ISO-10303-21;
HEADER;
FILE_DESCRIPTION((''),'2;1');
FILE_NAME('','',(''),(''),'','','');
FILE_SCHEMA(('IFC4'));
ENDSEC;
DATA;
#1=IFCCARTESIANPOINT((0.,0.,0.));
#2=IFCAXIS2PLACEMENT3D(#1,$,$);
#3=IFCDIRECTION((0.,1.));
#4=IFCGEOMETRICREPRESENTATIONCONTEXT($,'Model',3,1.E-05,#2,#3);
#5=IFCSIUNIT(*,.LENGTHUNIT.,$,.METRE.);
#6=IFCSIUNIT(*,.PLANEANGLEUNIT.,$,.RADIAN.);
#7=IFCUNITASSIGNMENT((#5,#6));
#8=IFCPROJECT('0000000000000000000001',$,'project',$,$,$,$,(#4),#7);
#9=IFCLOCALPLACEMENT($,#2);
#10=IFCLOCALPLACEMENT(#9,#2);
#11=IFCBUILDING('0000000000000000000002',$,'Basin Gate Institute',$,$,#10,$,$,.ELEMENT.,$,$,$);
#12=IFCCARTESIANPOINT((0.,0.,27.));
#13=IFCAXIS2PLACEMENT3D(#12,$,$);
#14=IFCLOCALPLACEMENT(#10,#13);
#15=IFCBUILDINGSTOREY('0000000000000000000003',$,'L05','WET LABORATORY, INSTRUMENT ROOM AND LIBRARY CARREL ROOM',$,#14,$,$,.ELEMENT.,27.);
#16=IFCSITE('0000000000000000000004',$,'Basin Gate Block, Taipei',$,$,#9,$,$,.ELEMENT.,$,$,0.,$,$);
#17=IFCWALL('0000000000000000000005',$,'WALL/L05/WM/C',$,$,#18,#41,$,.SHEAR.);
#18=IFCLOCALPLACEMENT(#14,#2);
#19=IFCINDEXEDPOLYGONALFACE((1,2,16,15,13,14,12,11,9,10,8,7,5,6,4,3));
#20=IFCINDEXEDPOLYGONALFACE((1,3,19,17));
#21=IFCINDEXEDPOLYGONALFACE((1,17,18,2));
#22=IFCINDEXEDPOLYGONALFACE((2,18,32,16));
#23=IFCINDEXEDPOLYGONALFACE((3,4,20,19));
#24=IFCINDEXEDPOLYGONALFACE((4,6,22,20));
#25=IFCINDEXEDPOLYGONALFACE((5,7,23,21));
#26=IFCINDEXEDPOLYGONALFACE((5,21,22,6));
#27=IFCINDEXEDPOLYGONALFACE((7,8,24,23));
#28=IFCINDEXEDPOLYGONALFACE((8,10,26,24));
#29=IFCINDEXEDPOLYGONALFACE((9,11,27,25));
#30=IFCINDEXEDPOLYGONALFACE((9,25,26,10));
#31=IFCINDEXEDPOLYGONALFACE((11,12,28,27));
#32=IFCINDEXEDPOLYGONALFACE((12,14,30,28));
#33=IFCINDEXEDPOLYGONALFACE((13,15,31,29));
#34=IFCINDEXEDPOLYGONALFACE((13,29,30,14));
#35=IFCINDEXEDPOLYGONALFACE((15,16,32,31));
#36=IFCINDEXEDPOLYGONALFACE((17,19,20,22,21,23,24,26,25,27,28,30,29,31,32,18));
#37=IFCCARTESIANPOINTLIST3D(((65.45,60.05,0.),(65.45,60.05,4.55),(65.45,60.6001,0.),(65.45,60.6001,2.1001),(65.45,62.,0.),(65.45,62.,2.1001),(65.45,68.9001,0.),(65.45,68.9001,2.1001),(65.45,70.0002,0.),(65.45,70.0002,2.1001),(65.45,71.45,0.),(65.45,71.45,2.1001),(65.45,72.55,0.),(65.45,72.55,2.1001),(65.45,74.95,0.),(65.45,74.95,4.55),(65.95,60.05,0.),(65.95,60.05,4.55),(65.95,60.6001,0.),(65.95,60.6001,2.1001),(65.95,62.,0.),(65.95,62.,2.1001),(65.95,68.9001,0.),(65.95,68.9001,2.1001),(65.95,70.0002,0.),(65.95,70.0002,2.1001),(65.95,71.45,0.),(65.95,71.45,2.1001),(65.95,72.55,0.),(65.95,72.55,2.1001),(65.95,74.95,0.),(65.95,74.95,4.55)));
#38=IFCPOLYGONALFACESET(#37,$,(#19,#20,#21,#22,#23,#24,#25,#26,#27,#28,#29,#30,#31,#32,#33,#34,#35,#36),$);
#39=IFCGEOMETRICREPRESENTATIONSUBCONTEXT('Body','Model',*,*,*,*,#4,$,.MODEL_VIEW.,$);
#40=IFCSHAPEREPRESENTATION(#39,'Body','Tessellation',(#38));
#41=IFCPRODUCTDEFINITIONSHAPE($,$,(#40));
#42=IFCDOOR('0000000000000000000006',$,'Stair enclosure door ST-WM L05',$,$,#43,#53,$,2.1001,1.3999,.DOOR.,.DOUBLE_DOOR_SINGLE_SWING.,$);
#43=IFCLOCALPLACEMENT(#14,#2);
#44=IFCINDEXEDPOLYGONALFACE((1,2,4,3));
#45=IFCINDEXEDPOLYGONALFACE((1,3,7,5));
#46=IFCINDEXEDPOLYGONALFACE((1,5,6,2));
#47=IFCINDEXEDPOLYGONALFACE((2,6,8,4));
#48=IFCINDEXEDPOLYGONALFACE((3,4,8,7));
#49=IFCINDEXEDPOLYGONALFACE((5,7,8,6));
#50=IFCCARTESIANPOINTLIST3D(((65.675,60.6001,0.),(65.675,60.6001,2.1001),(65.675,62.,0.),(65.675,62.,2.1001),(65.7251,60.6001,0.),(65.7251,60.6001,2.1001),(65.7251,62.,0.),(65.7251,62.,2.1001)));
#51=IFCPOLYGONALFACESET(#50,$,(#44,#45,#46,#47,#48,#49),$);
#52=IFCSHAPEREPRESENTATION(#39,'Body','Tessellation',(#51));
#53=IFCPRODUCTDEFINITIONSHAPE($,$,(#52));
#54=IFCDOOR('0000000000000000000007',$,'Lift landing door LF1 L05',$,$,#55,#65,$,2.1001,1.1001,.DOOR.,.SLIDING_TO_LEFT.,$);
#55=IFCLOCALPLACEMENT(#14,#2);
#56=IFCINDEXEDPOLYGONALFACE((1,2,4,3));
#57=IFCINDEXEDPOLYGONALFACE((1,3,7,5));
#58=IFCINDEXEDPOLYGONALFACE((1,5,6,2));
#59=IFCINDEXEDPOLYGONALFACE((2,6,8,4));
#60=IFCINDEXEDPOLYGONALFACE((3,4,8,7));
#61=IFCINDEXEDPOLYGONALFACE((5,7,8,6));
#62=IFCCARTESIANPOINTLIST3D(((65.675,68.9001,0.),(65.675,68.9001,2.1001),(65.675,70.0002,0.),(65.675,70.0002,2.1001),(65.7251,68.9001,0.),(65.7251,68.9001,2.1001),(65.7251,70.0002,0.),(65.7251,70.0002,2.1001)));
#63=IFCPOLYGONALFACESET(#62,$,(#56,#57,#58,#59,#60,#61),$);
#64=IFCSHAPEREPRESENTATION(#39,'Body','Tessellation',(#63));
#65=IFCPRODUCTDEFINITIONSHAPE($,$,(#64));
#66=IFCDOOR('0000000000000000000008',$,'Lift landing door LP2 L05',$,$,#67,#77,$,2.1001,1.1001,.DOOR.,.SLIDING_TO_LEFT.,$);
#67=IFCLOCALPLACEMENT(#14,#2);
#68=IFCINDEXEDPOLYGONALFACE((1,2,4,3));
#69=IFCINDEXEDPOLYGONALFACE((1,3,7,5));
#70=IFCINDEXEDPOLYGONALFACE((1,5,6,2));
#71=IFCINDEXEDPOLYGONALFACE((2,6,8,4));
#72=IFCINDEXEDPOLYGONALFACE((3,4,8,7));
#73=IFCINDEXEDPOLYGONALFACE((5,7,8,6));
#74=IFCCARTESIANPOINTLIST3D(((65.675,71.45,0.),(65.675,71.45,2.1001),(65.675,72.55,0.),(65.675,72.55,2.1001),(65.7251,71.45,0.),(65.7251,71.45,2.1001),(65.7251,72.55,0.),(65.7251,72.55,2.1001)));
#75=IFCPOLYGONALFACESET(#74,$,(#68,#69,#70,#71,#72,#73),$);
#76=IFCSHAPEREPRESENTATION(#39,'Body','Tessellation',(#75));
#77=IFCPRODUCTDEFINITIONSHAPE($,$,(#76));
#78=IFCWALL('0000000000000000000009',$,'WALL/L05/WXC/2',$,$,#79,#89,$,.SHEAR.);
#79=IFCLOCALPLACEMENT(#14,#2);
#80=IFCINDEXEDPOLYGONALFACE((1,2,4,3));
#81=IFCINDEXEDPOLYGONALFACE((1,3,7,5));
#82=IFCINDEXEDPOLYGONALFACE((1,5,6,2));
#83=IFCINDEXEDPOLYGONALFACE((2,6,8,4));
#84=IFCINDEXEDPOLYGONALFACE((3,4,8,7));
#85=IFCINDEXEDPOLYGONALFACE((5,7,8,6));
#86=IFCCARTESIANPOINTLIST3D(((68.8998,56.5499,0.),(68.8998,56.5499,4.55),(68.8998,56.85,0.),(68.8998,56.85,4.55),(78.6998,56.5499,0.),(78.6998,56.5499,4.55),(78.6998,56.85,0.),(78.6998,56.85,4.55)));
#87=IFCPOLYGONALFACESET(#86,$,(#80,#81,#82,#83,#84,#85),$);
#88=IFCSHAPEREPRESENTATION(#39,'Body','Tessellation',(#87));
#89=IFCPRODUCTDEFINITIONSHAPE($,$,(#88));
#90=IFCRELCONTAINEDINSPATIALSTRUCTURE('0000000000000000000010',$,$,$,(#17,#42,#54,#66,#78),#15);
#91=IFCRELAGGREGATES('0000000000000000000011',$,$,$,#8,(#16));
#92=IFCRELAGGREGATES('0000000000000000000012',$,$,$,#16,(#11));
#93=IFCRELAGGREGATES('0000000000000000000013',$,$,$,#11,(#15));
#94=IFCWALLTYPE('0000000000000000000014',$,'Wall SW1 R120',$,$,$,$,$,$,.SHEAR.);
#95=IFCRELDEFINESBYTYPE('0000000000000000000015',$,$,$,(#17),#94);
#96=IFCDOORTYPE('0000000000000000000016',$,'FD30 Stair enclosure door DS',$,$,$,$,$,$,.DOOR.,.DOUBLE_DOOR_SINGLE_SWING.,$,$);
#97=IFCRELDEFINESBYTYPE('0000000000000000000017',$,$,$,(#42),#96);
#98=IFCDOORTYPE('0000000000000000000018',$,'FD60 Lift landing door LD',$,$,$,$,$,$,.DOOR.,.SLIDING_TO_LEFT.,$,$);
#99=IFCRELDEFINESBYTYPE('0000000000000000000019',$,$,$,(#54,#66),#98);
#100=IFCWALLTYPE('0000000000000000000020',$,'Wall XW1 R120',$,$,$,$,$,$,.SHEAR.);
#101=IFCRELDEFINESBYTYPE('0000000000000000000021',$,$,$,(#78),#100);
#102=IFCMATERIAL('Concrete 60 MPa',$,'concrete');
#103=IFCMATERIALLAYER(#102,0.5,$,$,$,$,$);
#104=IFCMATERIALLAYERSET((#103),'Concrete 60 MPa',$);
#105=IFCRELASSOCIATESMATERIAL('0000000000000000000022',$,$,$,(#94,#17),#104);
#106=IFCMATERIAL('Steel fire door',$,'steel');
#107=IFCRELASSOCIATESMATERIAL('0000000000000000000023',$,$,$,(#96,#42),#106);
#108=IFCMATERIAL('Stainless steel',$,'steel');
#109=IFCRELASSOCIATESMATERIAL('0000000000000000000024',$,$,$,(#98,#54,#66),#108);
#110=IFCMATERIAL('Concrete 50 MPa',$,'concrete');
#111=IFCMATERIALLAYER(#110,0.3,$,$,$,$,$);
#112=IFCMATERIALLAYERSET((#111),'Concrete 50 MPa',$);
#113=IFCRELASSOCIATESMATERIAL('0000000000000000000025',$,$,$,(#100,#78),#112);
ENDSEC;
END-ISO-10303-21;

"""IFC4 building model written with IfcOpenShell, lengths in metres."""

from ifc_helpers import new_model, si_unit, direction, frame, frame_2d, origin, place, context, subcontext, project, spatial, rectangle, extrude, material, layer, layer_set, type_object, element, fill, save


model = new_model("IFC4")

# Units and contexts
model_context = context("Model", 3, precision=1e-05, world=origin(), true_north=direction((0.0, 1.0)))
body_context = subcontext(model_context, "Body", "Model", "MODEL_VIEW")
ifc_project = project(units=[si_unit("LENGTHUNIT", "METRE"), si_unit("PLANEANGLEUNIT", "RADIAN")], contexts=[model_context])

# Site, building, storey
site_placement = place(None, origin())
site = spatial("IfcSite", under=ifc_project, at=site_placement, Name="Basin Gate Block, Taipei", CompositionType="ELEMENT", RefElevation=0.0)
building_placement = place(site_placement, origin())
building = spatial("IfcBuilding", under=site, at=building_placement, Name="Basin Gate Institute", CompositionType="ELEMENT")
storey_placement = place(building_placement, frame((0.0, 0.0, 27.0)))
storey = spatial("IfcBuildingStorey", under=building, at=storey_placement, Name="L05", Description="WET LABORATORY, INSTRUMENT ROOM AND LIBRARY CARREL ROOM", CompositionType="ELEMENT", Elevation=27.0)

# Wall, openings, doors
ifc_material_1 = material(Name="Concrete 60 MPa", Category="concrete")
ifc_layer_1 = layer(ifc_material_1, 0.5)
ifc_layer_set_1 = layer_set([ifc_layer_1], Name="Concrete 60 MPa")
wall_type_1 = type_object("IfcWallType", Name="Wall SW1 R120", PredefinedType="SHEAR", material=ifc_layer_set_1)
wall_1_placement = place(storey_placement, frame((65.7, 60.05, 0.0), z_axis=(0.0, 0.0, 1.0), x_axis=(0.0, 1.0, 0.0)))
wall_1 = element("IfcWall", 1, at=wall_1_placement, inside=storey, type_object=wall_type_1, material=ifc_layer_set_1, Name="WALL/L05/WM/C", PredefinedType="SHEAR", context=body_context, shape_type="SweptSolid", body=[
    extrude(rectangle(XDim=14.8999, YDim=0.5, at=frame_2d((7.45, 0.0))), origin(), (0.0, 0.0, 1.0), 4.55),
])
opening_1_placement = place(wall_1_placement, frame((0.55, 0.0, 0.0)))
opening_1 = element("IfcOpeningElement", 2, at=opening_1_placement, cuts=wall_1, PredefinedType="OPENING", context=body_context, shape_type="SweptSolid", body=[
    extrude(rectangle(XDim=1.3999, YDim=2.1001, at=frame_2d((0.7, 1.05))), frame((0.0, 0.26, 0.0), z_axis=(0.0, -1.0, 0.0), x_axis=(1.0, 0.0, 0.0)), (0.0, 0.0, 1.0), 0.52),
])
opening_2_placement = place(wall_1_placement, frame((8.8501, 0.0, 0.0)))
opening_2 = element("IfcOpeningElement", 3, at=opening_2_placement, cuts=wall_1, PredefinedType="OPENING", context=body_context, shape_type="SweptSolid", body=[
    extrude(rectangle(XDim=1.1001, YDim=2.1001, at=frame_2d((0.55, 1.05))), frame((0.0, 0.26, 0.0), z_axis=(0.0, -1.0, 0.0), x_axis=(1.0, 0.0, 0.0)), (0.0, 0.0, 1.0), 0.52),
])
opening_3_placement = place(wall_1_placement, frame((11.3999, 0.0, 0.0)))
opening_3 = element("IfcOpeningElement", 4, at=opening_3_placement, cuts=wall_1, PredefinedType="OPENING", context=body_context, shape_type="SweptSolid", body=[
    extrude(rectangle(XDim=1.1001, YDim=2.1001, at=frame_2d((0.55, 1.05))), frame((0.0, 0.26, 0.0), z_axis=(0.0, -1.0, 0.0), x_axis=(1.0, 0.0, 0.0)), (0.0, 0.0, 1.0), 0.52),
])
ifc_material_2 = material(Name="Steel fire door", Category="steel")
door_type_1 = type_object("IfcDoorType", Name="FD30 Stair enclosure door DS", OperationType="DOUBLE_DOOR_SINGLE_SWING", PredefinedType="DOOR", material=ifc_material_2)
door_1_placement = place(opening_1_placement, origin())
door_1 = element("IfcDoor", 5, at=door_1_placement, inside=storey, type_object=door_type_1, material=ifc_material_2, Name="Stair enclosure door ST-WM L05", OperationType="DOUBLE_DOOR_SINGLE_SWING", OverallHeight=2.1001, OverallWidth=1.3999, PredefinedType="DOOR", context=body_context, shape_type="SweptSolid", body=[
    extrude(rectangle(XDim=1.3999, YDim=2.1001, at=frame_2d((0.7, 1.05))), frame((0.0, 0.0249, 0.0), z_axis=(0.0, -1.0, 0.0), x_axis=(1.0, 0.0, 0.0)), (0.0, 0.0, 1.0), 0.05),
])
fill(opening_1, door_1)
ifc_material_3 = material(Name="Stainless steel", Category="steel")
door_type_2 = type_object("IfcDoorType", Name="FD60 Lift landing door LD", OperationType="SLIDING_TO_LEFT", PredefinedType="DOOR", material=ifc_material_3)
door_2_placement = place(opening_2_placement, origin())
door_2 = element("IfcDoor", 6, at=door_2_placement, inside=storey, type_object=door_type_2, material=ifc_material_3, Name="Lift landing door LF1 L05", OperationType="SLIDING_TO_LEFT", OverallHeight=2.1001, OverallWidth=1.1001, PredefinedType="DOOR", context=body_context, shape_type="SweptSolid", body=[
    extrude(rectangle(XDim=1.1001, YDim=2.1001, at=frame_2d((0.55, 1.05))), frame((0.0, 0.0249, 0.0), z_axis=(0.0, -1.0, 0.0), x_axis=(1.0, 0.0, 0.0)), (0.0, 0.0, 1.0), 0.05),
])
fill(opening_2, door_2)
door_3_placement = place(opening_3_placement, origin())
door_3 = element("IfcDoor", 7, at=door_3_placement, inside=storey, type_object=door_type_2, material=ifc_material_3, Name="Lift landing door LP2 L05", OperationType="SLIDING_TO_LEFT", OverallHeight=2.1001, OverallWidth=1.1001, PredefinedType="DOOR", context=body_context, shape_type="SweptSolid", body=[
    extrude(rectangle(XDim=1.1001, YDim=2.1001, at=frame_2d((0.55, 1.05))), frame((0.0, 0.0249, 0.0), z_axis=(0.0, -1.0, 0.0), x_axis=(1.0, 0.0, 0.0)), (0.0, 0.0, 1.0), 0.05),
])
fill(opening_3, door_3)

# Wall
ifc_material_4 = material(Name="Concrete 50 MPa", Category="concrete")
ifc_layer_2 = layer(ifc_material_4, 0.3)
ifc_layer_set_2 = layer_set([ifc_layer_2], Name="Concrete 50 MPa")
wall_type_2 = type_object("IfcWallType", Name="Wall XW1 R120", PredefinedType="SHEAR", material=ifc_layer_set_2)
wall_2_placement = place(storey_placement, frame((68.8999, 56.7, 0.0), z_axis=(0.0, 0.0, 1.0), x_axis=(1.0, 0.0, 0.0)))
element("IfcWall", 8, at=wall_2_placement, inside=storey, type_object=wall_type_2, material=ifc_layer_set_2, Name="WALL/L05/WXC/2", PredefinedType="SHEAR", context=body_context, shape_type="SweptSolid", body=[
    extrude(rectangle(XDim=9.8, YDim=0.3, at=frame_2d((4.8999, 0.0))), origin(), (0.0, 0.0, 1.0), 4.55),
])

save(model, "model.ifc")
